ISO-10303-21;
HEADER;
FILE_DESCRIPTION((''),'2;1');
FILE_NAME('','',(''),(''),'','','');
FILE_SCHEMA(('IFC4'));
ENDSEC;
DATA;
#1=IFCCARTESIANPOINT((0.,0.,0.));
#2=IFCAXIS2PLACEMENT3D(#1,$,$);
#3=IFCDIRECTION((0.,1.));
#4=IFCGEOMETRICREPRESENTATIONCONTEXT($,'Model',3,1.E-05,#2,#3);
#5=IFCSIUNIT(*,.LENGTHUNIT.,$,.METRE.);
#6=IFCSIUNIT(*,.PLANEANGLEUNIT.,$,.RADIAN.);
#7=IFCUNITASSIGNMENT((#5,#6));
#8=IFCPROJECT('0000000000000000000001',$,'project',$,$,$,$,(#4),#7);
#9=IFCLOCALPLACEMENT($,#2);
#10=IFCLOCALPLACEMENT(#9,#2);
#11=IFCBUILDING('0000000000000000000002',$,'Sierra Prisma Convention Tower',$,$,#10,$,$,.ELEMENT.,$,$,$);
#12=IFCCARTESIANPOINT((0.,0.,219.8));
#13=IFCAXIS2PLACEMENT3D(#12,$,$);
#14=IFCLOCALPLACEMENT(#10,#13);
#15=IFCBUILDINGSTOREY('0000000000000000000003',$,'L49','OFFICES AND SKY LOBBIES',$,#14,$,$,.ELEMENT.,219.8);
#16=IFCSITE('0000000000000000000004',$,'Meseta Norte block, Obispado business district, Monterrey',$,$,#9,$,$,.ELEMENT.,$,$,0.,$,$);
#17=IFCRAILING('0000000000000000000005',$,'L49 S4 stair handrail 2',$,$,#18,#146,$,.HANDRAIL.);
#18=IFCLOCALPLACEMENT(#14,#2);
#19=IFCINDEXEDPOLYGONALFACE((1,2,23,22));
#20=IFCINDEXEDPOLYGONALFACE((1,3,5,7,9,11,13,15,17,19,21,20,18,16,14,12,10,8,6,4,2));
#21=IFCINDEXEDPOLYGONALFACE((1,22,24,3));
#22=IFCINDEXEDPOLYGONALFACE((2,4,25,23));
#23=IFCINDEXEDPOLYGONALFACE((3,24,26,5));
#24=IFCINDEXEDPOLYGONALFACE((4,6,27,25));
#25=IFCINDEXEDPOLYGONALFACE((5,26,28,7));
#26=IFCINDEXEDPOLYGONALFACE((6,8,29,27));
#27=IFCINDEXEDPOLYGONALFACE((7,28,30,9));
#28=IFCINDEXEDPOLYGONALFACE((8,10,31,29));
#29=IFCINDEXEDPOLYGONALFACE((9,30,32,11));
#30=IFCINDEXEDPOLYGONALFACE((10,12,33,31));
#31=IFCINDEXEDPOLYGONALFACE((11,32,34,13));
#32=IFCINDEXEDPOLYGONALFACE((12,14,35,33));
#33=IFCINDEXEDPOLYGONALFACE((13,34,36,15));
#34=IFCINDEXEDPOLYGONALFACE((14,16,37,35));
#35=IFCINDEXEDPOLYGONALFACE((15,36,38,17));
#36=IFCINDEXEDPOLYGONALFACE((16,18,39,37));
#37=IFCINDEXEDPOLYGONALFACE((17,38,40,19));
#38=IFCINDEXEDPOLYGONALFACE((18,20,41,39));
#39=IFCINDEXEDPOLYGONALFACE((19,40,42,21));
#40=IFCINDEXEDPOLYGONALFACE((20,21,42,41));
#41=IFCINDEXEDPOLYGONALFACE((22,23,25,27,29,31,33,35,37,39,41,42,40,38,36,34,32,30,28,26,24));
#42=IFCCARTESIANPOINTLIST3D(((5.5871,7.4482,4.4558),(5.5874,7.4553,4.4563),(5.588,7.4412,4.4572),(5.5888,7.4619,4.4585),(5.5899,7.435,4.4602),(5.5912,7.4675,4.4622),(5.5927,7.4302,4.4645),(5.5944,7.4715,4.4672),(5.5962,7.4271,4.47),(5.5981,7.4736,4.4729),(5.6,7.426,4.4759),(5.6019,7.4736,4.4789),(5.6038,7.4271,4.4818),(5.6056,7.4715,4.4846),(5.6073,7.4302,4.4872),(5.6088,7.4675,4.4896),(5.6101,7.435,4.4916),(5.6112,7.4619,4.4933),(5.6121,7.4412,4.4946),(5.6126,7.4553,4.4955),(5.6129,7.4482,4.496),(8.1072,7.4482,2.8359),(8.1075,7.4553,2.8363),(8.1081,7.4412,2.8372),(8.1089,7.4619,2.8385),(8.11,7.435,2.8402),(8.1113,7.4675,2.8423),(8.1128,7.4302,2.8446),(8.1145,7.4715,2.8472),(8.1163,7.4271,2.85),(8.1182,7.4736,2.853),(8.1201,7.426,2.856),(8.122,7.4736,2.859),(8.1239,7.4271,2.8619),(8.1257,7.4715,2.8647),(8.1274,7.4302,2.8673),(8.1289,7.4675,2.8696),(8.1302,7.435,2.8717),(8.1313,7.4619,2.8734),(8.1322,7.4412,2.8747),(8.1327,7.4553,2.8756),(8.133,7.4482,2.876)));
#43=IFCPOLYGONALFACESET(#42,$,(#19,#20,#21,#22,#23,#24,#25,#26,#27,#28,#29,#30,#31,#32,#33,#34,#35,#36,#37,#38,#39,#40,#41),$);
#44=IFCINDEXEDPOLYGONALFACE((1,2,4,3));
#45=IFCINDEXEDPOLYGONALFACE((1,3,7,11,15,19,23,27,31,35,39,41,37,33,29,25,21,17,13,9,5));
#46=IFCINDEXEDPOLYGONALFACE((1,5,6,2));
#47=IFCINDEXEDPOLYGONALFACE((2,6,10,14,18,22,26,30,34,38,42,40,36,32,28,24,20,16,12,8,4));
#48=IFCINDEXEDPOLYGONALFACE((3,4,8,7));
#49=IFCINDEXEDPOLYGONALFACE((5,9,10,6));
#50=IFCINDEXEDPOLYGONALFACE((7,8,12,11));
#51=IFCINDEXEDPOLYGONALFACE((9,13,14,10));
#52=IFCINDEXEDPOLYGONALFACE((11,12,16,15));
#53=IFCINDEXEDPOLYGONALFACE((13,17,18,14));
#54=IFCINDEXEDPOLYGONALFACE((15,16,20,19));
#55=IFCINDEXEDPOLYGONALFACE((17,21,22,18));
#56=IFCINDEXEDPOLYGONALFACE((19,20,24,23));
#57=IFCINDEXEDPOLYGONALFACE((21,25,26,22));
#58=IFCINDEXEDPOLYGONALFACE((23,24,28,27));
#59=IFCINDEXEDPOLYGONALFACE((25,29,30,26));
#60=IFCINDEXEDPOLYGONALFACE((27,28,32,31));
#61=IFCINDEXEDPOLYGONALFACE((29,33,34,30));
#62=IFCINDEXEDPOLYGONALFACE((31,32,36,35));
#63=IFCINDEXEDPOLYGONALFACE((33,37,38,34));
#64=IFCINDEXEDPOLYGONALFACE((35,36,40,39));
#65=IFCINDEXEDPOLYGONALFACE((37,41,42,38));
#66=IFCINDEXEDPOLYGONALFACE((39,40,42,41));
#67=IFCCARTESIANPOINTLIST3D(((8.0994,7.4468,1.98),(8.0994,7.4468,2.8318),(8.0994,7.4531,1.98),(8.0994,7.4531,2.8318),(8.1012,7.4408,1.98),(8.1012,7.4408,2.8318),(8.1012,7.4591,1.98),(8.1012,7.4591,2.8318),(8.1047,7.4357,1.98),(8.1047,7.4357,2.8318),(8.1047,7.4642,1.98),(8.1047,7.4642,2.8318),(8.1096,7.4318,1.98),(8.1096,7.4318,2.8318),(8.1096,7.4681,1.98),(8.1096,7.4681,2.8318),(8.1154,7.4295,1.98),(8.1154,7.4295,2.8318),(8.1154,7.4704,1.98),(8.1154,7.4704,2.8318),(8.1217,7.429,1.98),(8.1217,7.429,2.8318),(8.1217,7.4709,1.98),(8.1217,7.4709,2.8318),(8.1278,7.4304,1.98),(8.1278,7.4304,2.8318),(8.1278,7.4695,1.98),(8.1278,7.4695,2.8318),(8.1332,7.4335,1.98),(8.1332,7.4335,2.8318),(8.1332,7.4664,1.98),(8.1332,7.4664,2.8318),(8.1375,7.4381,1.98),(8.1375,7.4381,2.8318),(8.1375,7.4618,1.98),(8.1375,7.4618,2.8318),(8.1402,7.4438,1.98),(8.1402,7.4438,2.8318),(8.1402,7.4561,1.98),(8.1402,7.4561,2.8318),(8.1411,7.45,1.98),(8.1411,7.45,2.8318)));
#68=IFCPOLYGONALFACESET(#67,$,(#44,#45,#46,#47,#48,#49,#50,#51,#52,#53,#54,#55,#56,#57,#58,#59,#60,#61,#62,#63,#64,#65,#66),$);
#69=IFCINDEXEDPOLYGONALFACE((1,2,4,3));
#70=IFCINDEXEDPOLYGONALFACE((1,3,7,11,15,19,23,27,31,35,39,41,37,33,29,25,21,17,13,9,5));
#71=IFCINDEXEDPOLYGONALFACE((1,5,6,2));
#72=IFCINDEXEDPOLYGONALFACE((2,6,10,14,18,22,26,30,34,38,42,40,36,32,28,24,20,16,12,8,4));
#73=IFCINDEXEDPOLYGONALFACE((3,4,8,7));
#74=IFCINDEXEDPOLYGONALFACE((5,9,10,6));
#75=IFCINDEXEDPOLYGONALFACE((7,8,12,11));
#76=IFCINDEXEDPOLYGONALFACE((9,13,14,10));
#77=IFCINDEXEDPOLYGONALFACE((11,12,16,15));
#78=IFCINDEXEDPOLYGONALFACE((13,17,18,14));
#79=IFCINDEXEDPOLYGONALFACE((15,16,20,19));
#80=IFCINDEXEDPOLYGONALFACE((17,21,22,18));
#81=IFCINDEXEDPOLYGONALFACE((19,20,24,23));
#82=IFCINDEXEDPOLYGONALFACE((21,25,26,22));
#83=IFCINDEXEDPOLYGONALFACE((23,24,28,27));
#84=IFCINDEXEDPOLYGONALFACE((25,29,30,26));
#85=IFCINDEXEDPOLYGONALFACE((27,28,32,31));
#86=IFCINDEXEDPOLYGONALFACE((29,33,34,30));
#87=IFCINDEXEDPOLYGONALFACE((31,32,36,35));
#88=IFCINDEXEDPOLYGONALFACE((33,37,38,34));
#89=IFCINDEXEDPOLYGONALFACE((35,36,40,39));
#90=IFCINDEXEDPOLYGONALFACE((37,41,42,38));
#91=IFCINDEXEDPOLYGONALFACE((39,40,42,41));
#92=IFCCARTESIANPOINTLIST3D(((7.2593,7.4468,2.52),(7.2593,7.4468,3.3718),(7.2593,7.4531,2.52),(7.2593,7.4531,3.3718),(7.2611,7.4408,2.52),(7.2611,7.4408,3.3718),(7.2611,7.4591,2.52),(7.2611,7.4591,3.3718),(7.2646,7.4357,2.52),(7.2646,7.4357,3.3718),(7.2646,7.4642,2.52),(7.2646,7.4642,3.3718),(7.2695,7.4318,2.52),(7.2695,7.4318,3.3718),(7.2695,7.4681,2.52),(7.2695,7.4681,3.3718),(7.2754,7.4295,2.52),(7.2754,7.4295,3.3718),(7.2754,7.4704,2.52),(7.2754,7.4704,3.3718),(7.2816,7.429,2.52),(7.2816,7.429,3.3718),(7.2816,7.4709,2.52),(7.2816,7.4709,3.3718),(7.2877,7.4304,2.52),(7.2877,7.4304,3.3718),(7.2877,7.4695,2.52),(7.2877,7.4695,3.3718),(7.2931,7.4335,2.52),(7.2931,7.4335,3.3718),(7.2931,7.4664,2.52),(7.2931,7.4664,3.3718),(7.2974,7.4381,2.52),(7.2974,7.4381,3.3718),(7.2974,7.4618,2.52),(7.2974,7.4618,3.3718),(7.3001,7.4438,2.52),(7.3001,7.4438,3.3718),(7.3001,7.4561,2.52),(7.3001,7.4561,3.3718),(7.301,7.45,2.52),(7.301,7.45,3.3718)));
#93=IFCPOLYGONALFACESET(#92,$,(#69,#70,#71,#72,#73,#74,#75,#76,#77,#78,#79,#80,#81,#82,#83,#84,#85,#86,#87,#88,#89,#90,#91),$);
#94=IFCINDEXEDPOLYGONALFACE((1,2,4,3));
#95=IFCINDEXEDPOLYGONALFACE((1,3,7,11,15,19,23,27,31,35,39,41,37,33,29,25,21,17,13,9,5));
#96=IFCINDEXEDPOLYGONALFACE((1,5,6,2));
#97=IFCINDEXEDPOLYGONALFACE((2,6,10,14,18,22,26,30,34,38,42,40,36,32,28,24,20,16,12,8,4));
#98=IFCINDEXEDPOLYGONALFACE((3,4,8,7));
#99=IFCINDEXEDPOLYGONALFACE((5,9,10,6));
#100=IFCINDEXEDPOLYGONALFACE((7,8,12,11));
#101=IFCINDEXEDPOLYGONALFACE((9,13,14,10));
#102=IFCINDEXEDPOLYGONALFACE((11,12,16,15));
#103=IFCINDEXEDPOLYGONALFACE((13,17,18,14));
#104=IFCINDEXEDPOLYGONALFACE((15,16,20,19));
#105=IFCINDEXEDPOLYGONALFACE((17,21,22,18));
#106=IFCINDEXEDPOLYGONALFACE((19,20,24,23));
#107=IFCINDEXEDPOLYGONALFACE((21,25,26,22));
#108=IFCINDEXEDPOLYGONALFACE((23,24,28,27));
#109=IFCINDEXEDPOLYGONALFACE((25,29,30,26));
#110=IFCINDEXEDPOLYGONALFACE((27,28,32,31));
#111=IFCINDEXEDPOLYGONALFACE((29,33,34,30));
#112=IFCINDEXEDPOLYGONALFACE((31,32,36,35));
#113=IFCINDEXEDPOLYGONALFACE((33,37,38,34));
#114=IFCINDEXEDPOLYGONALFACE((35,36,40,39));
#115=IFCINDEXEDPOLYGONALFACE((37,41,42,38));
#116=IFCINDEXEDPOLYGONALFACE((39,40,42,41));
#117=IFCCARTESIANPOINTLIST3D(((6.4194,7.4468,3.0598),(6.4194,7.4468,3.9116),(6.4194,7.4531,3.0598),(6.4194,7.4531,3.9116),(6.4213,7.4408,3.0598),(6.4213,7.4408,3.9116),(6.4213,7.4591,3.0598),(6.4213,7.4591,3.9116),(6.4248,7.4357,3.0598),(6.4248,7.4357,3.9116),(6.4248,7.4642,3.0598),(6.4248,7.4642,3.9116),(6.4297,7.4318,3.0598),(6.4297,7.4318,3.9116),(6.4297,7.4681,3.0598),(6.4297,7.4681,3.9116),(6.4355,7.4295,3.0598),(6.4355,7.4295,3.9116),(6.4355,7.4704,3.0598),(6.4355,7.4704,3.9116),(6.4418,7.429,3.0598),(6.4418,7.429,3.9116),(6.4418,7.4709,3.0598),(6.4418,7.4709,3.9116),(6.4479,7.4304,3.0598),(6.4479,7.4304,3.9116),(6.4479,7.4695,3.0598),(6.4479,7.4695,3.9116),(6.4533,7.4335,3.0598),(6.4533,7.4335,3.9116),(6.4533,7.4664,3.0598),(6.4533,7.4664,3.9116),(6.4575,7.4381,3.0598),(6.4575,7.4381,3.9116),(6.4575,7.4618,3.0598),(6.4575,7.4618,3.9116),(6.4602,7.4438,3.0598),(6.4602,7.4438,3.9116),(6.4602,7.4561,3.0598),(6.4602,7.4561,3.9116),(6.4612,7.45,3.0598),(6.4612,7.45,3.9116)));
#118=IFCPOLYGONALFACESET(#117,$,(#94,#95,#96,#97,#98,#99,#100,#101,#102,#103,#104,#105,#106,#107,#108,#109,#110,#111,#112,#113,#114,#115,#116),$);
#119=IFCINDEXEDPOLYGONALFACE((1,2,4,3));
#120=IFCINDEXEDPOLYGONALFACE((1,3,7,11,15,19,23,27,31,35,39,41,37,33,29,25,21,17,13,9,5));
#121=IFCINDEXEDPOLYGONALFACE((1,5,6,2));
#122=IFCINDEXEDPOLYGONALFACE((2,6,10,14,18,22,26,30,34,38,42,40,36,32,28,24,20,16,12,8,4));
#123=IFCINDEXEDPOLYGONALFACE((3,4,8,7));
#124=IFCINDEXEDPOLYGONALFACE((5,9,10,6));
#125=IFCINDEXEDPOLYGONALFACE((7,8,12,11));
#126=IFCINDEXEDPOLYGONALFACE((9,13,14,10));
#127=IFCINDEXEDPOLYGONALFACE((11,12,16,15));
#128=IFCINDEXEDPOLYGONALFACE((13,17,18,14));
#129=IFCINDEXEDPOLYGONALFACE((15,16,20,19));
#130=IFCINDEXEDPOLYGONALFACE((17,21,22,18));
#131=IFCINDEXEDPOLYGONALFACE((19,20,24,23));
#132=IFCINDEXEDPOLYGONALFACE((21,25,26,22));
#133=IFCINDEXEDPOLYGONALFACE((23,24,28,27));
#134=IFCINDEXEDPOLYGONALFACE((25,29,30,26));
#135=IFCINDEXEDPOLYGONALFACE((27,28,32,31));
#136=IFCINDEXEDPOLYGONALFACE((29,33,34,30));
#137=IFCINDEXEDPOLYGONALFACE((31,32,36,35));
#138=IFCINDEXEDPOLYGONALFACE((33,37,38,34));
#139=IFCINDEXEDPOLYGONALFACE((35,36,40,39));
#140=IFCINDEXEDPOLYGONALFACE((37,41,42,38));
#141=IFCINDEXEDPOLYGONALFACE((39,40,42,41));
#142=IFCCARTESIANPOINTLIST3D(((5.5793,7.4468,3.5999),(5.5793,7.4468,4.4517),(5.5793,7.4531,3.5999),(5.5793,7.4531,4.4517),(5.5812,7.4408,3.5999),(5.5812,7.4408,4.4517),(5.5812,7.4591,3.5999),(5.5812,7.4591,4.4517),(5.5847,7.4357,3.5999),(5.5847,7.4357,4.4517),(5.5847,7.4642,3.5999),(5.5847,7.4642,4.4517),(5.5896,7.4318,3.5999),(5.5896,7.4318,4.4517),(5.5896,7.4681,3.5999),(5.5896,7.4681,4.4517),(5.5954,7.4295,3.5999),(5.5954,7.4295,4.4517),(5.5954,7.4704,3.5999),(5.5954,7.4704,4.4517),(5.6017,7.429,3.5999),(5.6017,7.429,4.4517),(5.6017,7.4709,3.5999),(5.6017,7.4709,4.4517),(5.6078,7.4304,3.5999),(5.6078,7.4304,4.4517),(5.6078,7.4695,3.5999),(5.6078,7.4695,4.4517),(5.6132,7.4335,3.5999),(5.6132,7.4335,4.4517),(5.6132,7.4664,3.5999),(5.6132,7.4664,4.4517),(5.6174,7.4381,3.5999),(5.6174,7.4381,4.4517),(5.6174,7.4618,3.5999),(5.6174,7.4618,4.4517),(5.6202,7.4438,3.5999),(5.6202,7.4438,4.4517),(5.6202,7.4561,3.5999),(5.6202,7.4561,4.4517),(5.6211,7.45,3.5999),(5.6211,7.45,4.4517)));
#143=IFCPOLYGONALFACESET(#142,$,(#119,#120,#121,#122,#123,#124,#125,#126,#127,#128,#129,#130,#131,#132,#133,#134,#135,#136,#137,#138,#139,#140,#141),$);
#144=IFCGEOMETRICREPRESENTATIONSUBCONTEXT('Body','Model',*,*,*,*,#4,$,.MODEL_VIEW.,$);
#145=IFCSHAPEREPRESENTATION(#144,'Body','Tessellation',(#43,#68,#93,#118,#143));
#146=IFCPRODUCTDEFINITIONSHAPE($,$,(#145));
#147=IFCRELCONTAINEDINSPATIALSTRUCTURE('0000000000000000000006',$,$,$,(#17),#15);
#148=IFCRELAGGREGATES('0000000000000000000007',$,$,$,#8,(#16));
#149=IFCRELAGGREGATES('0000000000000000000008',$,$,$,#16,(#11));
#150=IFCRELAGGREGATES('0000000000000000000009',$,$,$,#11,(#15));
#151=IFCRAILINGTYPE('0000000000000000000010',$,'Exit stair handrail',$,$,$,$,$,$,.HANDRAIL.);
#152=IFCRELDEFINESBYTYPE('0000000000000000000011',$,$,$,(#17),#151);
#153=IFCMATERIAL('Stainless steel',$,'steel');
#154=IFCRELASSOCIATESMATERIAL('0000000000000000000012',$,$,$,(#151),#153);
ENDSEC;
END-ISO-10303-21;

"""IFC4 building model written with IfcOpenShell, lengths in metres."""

from ifc_helpers import new_model, si_unit, direction, frame, origin, origin_2d, place, context, subcontext, project, spatial, circle, extrude, material, type_object, element, save


model = new_model("IFC4")

# Units and contexts
model_context = context("Model", 3, precision=1e-05, world=origin(), true_north=direction((0.0, 1.0)))
body_context = subcontext(model_context, "Body", "Model", "MODEL_VIEW")
ifc_project = project(units=[si_unit("LENGTHUNIT", "METRE"), si_unit("PLANEANGLEUNIT", "RADIAN")], contexts=[model_context])

# Site, building, storey
site_placement = place(None, origin())
site = spatial("IfcSite", under=ifc_project, at=site_placement, Name="Meseta Norte block, Obispado business district, Monterrey", CompositionType="ELEMENT", RefElevation=0.0)
building_placement = place(site_placement, origin())
building = spatial("IfcBuilding", under=site, at=building_placement, Name="Sierra Prisma Convention Tower", CompositionType="ELEMENT")
storey_placement = place(building_placement, frame((0.0, 0.0, 219.8)))
storey = spatial("IfcBuildingStorey", under=building, at=storey_placement, Name="L49", Description="OFFICES AND SKY LOBBIES", CompositionType="ELEMENT", Elevation=219.8)

# Railing
ifc_material_1 = material(Name="Stainless steel", Category="steel")
railing_type = type_object("IfcRailingType", Name="Exit stair handrail", PredefinedType="HANDRAIL", material=ifc_material_1)
railing_1_placement = place(storey_placement, frame((8.1201, 7.45, 1.98)))
element("IfcRailing", 1, at=railing_1_placement, inside=storey, type_object=railing_type, Name="L49 S4 stair handrail 2", PredefinedType="HANDRAIL", context=body_context, shape_type="SweptSolid", body=[
    extrude(circle(Radius=0.0239, at=origin_2d()), frame((0.0, 0.0, 0.876), z_axis=(-0.8412, 0.0, 0.540725), x_axis=(0.0, -1.0, 0.0)), (0.0, 0.0, 1.0), 2.9958),
    extrude(circle(Radius=0.021, at=origin_2d()), origin(), (0.0, 0.0, 1.0), 0.8518),
    extrude(circle(Radius=0.021, at=origin_2d()), frame((-0.8401, 0.0, 0.54)), (0.0, 0.0, 1.0), 0.8518),
    extrude(circle(Radius=0.021, at=origin_2d()), frame((-1.6799, 0.0, 1.0798)), (0.0, 0.0, 1.0), 0.8518),
    extrude(circle(Radius=0.021, at=origin_2d()), frame((-2.52, 0.0, 1.6199)), (0.0, 0.0, 1.0), 0.8518),
])

save(model, "model.ifc")
